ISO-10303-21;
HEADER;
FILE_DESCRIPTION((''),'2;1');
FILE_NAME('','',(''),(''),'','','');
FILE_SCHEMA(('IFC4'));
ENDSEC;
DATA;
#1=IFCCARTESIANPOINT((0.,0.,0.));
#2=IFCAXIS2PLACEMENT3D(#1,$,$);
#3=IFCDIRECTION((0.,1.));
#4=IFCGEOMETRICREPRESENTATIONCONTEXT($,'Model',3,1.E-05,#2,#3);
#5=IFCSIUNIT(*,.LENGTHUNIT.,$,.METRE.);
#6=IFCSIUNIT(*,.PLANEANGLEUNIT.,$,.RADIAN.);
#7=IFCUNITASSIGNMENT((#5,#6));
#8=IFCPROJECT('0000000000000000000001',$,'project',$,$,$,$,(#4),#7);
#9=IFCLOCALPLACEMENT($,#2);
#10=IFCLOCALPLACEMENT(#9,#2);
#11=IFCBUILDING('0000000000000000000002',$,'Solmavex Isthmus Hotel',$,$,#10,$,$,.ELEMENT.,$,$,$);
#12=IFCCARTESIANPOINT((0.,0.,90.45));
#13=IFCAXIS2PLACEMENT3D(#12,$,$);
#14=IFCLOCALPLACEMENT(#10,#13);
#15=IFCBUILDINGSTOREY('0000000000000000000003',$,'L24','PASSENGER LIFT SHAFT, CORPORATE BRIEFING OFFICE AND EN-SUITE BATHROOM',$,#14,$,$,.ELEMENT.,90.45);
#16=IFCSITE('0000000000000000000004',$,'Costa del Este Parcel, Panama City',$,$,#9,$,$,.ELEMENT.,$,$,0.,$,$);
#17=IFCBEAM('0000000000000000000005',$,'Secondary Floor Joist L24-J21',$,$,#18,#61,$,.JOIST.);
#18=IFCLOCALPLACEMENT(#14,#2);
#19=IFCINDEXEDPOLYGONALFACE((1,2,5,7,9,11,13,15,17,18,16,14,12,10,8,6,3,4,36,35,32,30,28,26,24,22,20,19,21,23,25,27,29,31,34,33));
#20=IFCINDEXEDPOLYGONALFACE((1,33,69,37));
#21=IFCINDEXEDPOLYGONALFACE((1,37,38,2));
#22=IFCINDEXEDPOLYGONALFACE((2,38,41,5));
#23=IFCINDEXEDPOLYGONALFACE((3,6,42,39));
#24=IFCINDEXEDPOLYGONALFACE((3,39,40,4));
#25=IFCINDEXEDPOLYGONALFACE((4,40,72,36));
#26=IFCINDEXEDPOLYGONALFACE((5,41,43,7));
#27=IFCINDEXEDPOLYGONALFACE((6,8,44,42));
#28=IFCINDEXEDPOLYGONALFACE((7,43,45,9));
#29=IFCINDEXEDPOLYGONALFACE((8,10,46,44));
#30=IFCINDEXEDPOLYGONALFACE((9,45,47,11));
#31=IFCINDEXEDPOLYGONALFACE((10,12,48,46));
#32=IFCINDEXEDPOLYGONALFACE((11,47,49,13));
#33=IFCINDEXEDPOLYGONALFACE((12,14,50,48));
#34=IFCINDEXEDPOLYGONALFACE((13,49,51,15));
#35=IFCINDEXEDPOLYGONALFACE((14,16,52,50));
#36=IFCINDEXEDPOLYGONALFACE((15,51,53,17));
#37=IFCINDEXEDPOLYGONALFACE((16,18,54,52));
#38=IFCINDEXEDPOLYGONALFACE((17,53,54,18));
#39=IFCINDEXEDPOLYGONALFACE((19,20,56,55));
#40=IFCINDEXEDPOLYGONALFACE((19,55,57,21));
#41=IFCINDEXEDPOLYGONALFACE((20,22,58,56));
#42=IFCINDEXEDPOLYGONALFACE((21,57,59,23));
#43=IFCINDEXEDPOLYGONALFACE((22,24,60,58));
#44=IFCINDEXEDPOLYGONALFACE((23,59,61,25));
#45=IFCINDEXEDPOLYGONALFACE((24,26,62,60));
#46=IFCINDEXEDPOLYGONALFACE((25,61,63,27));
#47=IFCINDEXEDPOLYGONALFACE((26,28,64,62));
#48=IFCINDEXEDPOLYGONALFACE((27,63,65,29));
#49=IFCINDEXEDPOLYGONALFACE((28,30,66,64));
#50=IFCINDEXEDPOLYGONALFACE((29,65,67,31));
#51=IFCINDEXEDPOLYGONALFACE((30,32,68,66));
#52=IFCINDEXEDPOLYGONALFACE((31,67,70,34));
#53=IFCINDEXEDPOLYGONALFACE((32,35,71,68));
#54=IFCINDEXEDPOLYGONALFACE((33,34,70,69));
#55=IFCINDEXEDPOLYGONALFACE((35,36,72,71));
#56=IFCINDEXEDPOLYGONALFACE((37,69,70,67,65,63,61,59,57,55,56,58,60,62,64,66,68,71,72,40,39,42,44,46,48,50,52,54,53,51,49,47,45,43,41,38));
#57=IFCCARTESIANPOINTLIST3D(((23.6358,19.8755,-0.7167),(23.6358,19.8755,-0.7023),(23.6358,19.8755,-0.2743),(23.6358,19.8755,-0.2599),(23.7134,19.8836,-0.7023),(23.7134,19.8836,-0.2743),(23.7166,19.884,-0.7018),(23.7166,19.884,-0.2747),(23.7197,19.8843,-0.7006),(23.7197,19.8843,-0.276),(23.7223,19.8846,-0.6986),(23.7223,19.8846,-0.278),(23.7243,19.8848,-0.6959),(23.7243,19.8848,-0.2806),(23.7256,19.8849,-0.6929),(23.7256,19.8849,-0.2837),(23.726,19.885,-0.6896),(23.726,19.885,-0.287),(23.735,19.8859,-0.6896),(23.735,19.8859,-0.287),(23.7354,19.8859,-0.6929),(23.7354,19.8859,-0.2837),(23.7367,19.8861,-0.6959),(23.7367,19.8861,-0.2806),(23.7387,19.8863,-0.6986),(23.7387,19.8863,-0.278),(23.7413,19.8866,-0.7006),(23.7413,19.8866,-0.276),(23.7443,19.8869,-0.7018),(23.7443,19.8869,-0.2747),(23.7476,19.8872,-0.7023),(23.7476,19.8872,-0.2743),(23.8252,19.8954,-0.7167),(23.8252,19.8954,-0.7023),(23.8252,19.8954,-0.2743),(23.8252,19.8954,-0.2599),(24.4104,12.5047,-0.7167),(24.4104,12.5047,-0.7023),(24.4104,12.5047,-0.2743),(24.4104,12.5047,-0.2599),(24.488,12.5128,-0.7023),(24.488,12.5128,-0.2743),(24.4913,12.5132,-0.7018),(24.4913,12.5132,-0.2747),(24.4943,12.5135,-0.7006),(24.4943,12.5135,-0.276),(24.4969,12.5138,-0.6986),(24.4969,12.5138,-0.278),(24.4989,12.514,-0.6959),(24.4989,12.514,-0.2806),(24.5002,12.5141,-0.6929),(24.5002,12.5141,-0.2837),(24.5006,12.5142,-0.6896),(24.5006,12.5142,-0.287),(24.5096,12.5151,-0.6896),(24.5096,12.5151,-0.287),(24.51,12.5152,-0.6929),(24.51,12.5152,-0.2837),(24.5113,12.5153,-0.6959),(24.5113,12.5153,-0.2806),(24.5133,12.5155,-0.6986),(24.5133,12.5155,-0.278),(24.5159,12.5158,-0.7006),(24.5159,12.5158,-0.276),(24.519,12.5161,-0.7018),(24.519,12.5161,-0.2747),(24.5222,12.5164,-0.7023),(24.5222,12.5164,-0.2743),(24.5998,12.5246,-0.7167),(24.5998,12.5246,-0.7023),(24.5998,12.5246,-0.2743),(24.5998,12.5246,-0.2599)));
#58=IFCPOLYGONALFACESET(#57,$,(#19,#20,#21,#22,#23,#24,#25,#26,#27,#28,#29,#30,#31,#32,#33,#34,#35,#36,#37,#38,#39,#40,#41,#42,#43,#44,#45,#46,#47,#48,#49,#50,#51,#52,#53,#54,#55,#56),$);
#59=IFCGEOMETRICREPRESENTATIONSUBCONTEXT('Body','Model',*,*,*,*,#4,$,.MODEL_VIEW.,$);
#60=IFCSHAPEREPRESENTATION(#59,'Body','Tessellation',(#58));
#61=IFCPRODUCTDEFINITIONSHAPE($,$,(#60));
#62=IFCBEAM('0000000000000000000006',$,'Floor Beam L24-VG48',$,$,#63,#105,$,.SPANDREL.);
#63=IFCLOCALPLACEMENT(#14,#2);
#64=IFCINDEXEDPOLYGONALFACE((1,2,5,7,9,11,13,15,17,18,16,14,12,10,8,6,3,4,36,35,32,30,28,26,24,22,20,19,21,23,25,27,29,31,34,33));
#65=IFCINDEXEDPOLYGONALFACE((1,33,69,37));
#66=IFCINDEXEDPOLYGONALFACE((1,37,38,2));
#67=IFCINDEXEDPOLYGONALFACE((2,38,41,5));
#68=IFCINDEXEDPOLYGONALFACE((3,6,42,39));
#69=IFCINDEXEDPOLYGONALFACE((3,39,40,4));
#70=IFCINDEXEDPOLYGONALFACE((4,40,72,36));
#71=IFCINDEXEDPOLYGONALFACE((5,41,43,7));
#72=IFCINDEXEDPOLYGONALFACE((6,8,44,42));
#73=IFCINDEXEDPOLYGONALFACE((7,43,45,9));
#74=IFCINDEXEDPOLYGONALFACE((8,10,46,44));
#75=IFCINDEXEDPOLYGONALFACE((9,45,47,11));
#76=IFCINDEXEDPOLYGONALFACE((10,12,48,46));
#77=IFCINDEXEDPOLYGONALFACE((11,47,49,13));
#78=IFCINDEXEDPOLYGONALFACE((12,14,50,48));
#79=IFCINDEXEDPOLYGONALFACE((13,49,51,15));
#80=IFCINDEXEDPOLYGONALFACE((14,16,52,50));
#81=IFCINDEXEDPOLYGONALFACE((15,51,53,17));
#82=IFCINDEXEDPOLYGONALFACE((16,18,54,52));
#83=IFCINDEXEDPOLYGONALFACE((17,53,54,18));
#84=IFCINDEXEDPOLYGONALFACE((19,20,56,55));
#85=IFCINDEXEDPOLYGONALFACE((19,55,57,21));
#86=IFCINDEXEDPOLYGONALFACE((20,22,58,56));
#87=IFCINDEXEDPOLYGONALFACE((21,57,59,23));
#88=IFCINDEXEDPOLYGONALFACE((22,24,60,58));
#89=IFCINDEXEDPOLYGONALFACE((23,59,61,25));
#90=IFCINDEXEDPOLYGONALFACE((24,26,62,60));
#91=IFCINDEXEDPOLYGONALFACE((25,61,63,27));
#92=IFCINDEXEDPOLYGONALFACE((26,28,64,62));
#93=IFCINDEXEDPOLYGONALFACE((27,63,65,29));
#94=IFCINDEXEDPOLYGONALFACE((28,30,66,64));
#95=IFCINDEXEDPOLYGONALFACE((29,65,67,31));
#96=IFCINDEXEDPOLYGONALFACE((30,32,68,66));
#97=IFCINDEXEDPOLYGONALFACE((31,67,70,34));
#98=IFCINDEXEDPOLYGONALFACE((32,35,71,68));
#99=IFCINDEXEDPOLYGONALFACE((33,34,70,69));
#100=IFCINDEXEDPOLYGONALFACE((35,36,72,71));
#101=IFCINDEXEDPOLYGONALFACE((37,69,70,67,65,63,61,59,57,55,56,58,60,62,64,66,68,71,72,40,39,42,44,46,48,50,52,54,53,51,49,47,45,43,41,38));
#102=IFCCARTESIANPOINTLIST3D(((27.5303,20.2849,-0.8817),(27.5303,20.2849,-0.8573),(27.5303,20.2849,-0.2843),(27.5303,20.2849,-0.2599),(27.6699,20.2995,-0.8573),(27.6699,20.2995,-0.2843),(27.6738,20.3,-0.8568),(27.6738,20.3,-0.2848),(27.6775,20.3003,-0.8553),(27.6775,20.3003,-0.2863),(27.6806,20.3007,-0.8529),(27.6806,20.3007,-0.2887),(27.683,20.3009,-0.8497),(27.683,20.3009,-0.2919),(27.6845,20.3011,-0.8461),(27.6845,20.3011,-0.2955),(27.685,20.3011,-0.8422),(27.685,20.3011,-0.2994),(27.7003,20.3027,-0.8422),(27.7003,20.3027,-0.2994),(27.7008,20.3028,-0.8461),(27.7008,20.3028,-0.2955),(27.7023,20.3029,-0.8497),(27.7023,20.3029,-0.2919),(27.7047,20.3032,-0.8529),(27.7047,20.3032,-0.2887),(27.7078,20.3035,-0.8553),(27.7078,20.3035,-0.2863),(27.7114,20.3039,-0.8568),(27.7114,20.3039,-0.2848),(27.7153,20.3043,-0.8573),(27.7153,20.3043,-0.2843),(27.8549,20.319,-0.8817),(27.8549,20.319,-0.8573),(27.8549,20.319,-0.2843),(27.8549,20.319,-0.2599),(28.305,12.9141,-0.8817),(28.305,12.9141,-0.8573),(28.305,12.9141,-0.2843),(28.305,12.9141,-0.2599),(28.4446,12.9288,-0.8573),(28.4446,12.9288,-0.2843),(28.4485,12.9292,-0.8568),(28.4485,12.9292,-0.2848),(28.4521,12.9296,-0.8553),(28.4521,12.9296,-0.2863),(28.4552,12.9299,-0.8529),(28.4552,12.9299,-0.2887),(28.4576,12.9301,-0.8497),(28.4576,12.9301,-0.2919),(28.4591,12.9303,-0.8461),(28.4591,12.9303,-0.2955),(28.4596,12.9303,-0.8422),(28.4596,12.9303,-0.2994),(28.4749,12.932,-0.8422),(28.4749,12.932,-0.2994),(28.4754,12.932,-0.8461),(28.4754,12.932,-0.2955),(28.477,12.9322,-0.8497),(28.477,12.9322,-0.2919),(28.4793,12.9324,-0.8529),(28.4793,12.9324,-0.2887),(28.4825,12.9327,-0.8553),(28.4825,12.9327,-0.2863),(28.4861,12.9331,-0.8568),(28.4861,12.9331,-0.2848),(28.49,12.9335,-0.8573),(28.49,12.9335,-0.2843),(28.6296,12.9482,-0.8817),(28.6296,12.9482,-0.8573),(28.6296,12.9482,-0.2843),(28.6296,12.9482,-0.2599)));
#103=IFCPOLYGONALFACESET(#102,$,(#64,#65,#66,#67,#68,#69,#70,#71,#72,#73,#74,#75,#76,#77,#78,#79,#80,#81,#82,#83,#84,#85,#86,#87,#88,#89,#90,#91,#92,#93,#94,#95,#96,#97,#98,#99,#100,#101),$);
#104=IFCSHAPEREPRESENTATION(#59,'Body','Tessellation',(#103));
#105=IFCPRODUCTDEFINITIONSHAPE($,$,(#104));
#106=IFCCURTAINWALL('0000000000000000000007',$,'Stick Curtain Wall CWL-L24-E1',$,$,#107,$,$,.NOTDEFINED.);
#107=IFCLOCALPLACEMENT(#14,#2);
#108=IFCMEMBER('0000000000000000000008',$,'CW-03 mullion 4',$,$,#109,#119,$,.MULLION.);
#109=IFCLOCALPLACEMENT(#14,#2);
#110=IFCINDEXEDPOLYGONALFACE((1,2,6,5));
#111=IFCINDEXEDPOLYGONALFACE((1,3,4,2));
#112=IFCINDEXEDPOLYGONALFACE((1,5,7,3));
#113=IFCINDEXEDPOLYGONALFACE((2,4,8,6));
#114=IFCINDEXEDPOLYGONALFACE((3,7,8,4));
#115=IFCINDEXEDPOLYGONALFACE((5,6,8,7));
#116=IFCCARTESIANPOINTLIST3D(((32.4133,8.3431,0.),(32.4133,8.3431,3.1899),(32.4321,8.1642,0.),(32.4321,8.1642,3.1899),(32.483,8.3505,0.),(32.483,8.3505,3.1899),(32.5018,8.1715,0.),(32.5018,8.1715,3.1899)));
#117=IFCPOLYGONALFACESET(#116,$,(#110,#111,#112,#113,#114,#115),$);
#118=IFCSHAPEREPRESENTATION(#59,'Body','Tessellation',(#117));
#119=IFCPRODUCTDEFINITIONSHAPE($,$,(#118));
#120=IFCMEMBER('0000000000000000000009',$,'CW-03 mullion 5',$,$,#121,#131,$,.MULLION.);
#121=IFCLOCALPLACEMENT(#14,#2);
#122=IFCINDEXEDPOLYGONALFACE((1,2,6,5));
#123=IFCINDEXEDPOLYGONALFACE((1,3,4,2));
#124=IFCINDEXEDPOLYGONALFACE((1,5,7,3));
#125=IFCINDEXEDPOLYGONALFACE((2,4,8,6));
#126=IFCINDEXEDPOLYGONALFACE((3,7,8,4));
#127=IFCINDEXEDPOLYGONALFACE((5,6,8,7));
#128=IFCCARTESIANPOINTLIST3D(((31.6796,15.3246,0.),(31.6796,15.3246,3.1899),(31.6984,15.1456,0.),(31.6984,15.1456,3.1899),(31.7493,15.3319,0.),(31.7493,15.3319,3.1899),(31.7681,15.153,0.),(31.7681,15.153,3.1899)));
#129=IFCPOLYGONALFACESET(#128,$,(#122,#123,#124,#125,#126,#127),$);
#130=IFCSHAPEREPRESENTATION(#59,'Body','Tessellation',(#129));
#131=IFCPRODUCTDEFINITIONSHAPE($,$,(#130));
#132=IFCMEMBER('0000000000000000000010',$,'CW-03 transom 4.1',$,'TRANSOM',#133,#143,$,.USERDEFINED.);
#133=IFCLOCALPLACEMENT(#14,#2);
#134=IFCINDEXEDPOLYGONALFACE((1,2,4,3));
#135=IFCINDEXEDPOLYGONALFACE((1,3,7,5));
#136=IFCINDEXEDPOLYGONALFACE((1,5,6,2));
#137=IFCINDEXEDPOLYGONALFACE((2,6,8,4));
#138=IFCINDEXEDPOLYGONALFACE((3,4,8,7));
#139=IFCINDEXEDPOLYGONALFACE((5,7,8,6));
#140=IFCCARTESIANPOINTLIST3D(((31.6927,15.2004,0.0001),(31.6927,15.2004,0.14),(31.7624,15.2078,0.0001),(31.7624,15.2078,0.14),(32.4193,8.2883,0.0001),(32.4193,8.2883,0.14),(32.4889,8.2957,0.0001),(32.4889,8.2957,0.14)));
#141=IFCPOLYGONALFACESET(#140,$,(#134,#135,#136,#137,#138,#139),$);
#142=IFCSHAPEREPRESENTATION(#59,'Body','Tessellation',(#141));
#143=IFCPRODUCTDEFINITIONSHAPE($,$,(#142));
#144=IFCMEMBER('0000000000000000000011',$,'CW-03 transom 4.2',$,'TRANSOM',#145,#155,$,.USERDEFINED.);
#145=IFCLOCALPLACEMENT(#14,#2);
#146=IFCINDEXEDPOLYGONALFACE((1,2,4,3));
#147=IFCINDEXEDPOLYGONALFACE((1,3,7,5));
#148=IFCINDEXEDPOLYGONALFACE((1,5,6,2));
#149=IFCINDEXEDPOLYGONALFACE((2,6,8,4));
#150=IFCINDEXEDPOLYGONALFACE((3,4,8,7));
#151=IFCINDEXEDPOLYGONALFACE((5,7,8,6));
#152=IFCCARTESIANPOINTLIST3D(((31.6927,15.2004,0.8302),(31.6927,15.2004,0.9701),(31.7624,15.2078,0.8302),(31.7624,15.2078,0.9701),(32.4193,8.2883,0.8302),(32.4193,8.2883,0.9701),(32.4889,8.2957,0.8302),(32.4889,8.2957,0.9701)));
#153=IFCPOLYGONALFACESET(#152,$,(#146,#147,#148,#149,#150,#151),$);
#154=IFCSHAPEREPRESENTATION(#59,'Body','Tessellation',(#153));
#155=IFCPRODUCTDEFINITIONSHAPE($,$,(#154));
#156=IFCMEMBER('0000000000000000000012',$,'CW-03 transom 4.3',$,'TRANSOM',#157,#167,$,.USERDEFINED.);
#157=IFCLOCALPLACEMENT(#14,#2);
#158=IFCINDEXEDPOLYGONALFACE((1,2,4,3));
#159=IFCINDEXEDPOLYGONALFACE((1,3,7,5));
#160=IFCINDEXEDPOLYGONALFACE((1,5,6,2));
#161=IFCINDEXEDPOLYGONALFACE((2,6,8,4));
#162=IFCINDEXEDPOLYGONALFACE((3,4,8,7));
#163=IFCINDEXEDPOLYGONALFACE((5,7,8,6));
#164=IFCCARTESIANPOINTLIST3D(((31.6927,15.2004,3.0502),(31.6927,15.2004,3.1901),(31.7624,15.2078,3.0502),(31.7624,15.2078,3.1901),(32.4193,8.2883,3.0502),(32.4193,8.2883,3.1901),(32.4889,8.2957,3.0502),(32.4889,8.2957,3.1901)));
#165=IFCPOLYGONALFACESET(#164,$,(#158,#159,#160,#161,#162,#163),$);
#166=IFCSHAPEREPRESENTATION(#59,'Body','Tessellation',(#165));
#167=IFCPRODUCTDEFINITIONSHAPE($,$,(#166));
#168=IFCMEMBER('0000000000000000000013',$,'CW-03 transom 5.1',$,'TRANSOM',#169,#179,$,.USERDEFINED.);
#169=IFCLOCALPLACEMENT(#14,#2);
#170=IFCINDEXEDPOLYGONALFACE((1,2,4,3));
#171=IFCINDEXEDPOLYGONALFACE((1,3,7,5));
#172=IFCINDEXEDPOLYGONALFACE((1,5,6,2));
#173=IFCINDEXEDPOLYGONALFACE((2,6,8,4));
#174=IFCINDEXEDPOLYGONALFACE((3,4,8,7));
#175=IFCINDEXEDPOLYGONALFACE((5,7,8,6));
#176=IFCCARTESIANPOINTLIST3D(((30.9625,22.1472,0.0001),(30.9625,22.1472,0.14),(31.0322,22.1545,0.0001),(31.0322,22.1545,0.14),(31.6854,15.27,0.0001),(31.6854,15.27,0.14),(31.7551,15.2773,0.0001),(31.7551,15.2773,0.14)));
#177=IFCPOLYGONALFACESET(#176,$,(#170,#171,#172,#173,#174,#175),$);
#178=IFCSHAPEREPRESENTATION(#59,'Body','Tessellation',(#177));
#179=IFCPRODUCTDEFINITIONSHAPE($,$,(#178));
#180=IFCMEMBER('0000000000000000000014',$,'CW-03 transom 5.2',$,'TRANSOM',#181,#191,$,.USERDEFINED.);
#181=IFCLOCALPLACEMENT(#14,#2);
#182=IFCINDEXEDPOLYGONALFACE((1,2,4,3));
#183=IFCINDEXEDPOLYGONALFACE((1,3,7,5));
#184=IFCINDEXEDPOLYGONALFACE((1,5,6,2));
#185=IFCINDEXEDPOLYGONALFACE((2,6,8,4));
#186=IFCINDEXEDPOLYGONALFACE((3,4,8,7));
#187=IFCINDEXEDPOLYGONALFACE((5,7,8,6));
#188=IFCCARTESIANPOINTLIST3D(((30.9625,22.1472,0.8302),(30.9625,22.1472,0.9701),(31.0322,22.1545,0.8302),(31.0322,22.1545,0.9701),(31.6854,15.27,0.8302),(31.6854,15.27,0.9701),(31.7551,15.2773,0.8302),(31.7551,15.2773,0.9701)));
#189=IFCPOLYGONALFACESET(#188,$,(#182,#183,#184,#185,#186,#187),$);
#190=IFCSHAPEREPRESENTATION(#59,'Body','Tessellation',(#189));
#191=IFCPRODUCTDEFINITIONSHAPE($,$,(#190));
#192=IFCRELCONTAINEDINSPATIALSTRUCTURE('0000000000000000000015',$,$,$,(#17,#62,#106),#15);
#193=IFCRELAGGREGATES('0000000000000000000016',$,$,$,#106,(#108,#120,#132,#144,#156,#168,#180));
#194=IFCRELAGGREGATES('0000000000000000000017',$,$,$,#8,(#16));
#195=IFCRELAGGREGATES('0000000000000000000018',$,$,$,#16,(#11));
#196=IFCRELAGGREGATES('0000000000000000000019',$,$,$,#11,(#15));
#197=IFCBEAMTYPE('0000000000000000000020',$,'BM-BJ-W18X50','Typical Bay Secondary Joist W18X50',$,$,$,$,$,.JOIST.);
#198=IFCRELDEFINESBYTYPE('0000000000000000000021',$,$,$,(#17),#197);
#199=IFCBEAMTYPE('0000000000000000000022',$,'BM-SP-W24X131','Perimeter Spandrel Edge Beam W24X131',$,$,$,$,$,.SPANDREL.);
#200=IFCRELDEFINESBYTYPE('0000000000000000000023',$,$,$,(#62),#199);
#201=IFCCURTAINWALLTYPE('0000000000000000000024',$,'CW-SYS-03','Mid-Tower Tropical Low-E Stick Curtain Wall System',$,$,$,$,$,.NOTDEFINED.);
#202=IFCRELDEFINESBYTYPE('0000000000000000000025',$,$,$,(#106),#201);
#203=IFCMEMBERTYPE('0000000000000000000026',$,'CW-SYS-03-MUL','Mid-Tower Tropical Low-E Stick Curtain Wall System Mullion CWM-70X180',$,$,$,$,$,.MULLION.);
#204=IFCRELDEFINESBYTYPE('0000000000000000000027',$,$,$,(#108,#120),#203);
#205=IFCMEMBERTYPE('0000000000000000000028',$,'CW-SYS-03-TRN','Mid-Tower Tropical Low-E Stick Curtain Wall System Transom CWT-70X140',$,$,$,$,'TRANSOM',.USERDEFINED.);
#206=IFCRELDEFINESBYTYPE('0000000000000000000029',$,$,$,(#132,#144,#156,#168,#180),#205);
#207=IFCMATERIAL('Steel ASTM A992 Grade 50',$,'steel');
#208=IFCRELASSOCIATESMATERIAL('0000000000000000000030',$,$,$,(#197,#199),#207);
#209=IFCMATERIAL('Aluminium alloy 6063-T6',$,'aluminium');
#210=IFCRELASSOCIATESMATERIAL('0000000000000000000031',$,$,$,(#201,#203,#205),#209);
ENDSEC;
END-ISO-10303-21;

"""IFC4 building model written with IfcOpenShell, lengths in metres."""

from ifc_helpers import new_model, si_unit, direction, frame, origin, origin_2d, place, context, subcontext, project, spatial, rectangle, i_section, extrude, material, material_profile, profile_set, type_object, element, aggregate, save


model = new_model("IFC4")

# Units and contexts
model_context = context("Model", 3, precision=1e-05, world=origin(), true_north=direction((0.0, 1.0)))
body_context = subcontext(model_context, "Body", "Model", "MODEL_VIEW")
ifc_project = project(units=[si_unit("LENGTHUNIT", "METRE"), si_unit("PLANEANGLEUNIT", "RADIAN")], contexts=[model_context])

# Site, building, storey
site_placement = place(None, origin())
site = spatial("IfcSite", under=ifc_project, at=site_placement, Name="Costa del Este Parcel, Panama City", CompositionType="ELEMENT", RefElevation=0.0)
building_placement = place(site_placement, origin())
building = spatial("IfcBuilding", under=site, at=building_placement, Name="Solmavex Isthmus Hotel", CompositionType="ELEMENT")
storey_placement = place(building_placement, frame((0.0, 0.0, 90.45)))
storey = spatial("IfcBuildingStorey", under=building, at=storey_placement, Name="L24", Description="PASSENGER LIFT SHAFT, CORPORATE BRIEFING OFFICE AND EN-SUITE BATHROOM", CompositionType="ELEMENT", Elevation=90.45)

# Beams
ifc_material_1 = material(Name="Steel ASTM A992 Grade 50", Category="steel")
ifc_material_profile_1 = material_profile(ifc_material_1, i_section(OverallWidth=0.1904, OverallDepth=0.4568, WebThickness=0.009, FlangeThickness=0.0144, FilletRadius=0.0127, at=origin_2d()), Name="W18X50")
ifc_profile_set_1 = profile_set([ifc_material_profile_1], Name="Steel ASTM A992 Grade 50")
beam_type_1 = type_object("IfcBeamType", Name="BM-BJ-W18X50", Description="Typical Bay Secondary Joist W18X50", PredefinedType="JOIST", material=ifc_profile_set_1)
beam_1_placement = place(storey_placement, frame((24.5051, 12.5146, -0.4883), z_axis=(-0.104522, 0.994523, 0.0), x_axis=(-0.994523, -0.104522, 0.0)))
element("IfcBeam", 1, at=beam_1_placement, inside=storey, type_object=beam_type_1, Name="Secondary Floor Joist L24-J21", PredefinedType="JOIST", context=body_context, shape_type="SweptSolid", body=[
    extrude(i_section(OverallWidth=0.1904, OverallDepth=0.4568, WebThickness=0.009, FlangeThickness=0.0144, FilletRadius=0.0127, at=origin_2d()), origin(), (0.0, 0.0, 1.0), 7.4114),
])
ifc_material_profile_2 = material_profile(ifc_material_1, i_section(OverallWidth=0.3264, OverallDepth=0.6218, WebThickness=0.0154, FlangeThickness=0.0244, FilletRadius=0.0151, at=origin_2d()), Name="W24X131")
ifc_profile_set_2 = profile_set([ifc_material_profile_2], Name="Steel ASTM A992 Grade 50")
beam_type_2 = type_object("IfcBeamType", Name="BM-SP-W24X131", Description="Perimeter Spandrel Edge Beam W24X131", PredefinedType="SPANDREL", material=ifc_profile_set_2)
beam_2_placement = place(storey_placement, frame((28.4673, 12.9312, -0.5708), z_axis=(-0.104522, 0.994523, 0.0), x_axis=(-0.994523, -0.104522, 0.0)))
element("IfcBeam", 2, at=beam_2_placement, inside=storey, type_object=beam_type_2, Name="Floor Beam L24-VG48", PredefinedType="SPANDREL", context=body_context, shape_type="SweptSolid", body=[
    extrude(i_section(OverallWidth=0.3264, OverallDepth=0.6218, WebThickness=0.0154, FlangeThickness=0.0244, FilletRadius=0.0151, at=origin_2d()), origin(), (0.0, 0.0, 1.0), 7.4114),
])

# Curtain wall, members
ifc_material_2 = material(Name="Aluminium alloy 6063-T6", Category="aluminium")
curtain_wall_type = type_object("IfcCurtainWallType", Name="CW-SYS-03", Description="Mid-Tower Tropical Low-E Stick Curtain Wall System", PredefinedType="NOTDEFINED", material=ifc_material_2)
curtain_wall_placement = place(storey_placement, origin())
curtain_wall = element("IfcCurtainWall", 3, at=curtain_wall_placement, inside=storey, type_object=curtain_wall_type, Name="Stick Curtain Wall CWL-L24-E1", PredefinedType="NOTDEFINED")
ifc_material_profile_3 = material_profile(ifc_material_2, rectangle(XDim=0.0701, YDim=0.1799, at=origin_2d()), Name="CWM-70X180")
ifc_profile_set_3 = profile_set([ifc_material_profile_3], Name="Aluminium alloy 6063-T6")
member_type_1 = type_object("IfcMemberType", Name="CW-SYS-03-MUL", Description="Mid-Tower Tropical Low-E Stick Curtain Wall System Mullion CWM-70X180", PredefinedType="MULLION", material=ifc_profile_set_3)
member_1_placement = place(storey_placement, frame((32.4575, 8.2573, 0.0), z_axis=(0.0, 0.0, 1.0), x_axis=(-0.994522, -0.104528, 0.0)))
member_1 = element("IfcMember", 4, at=member_1_placement, type_object=member_type_1, Name="CW-03 mullion 4", PredefinedType="MULLION", context=body_context, shape_type="SweptSolid", body=[
    extrude(rectangle(XDim=0.0701, YDim=0.1799, at=origin_2d()), origin(), (0.0, 0.0, 1.0), 3.1899),
])
member_2_placement = place(storey_placement, frame((31.7239, 15.2388, 0.0), z_axis=(0.0, 0.0, 1.0), x_axis=(-0.994522, -0.104528, 0.0)))
member_2 = element("IfcMember", 5, at=member_2_placement, type_object=member_type_1, Name="CW-03 mullion 5", PredefinedType="MULLION", context=body_context, shape_type="SweptSolid", body=[
    extrude(rectangle(XDim=0.0701, YDim=0.1799, at=origin_2d()), origin(), (0.0, 0.0, 1.0), 3.1899),
])
ifc_material_profile_4 = material_profile(ifc_material_2, rectangle(XDim=0.0701, YDim=0.1399, at=origin_2d()), Name="CWT-70X140")
ifc_profile_set_4 = profile_set([ifc_material_profile_4], Name="Aluminium alloy 6063-T6")
member_type_2 = type_object("IfcMemberType", Name="CW-SYS-03-TRN", Description="Mid-Tower Tropical Low-E Stick Curtain Wall System Transom CWT-70X140", ElementType="TRANSOM", PredefinedType="USERDEFINED", material=ifc_profile_set_4)
member_3_placement = place(storey_placement, frame((32.4541, 8.292, 0.0701), z_axis=(-0.104539, 0.994521, 0.0), x_axis=(-0.994521, -0.104539, 0.0)))
member_3 = element("IfcMember", 6, at=member_3_placement, type_object=member_type_2, Name="CW-03 transom 4.1", ObjectType="TRANSOM", PredefinedType="USERDEFINED", context=body_context, shape_type="SweptSolid", body=[
    extrude(rectangle(XDim=0.0701, YDim=0.1399, at=origin_2d()), origin(), (0.0, 0.0, 1.0), 6.9502),
])
member_4_placement = place(storey_placement, frame((32.4541, 8.292, 0.9001), z_axis=(-0.104539, 0.994521, 0.0), x_axis=(-0.994521, -0.104539, 0.0)))
member_4 = element("IfcMember", 7, at=member_4_placement, type_object=member_type_2, Name="CW-03 transom 4.2", ObjectType="TRANSOM", PredefinedType="USERDEFINED", context=body_context, shape_type="SweptSolid", body=[
    extrude(rectangle(XDim=0.0701, YDim=0.1399, at=origin_2d()), origin(), (0.0, 0.0, 1.0), 6.9502),
])
member_5_placement = place(storey_placement, frame((32.4541, 8.292, 3.1201), z_axis=(-0.104539, 0.994521, 0.0), x_axis=(-0.994521, -0.104539, 0.0)))
member_5 = element("IfcMember", 8, at=member_5_placement, type_object=member_type_2, Name="CW-03 transom 4.3", ObjectType="TRANSOM", PredefinedType="USERDEFINED", context=body_context, shape_type="SweptSolid", body=[
    extrude(rectangle(XDim=0.0701, YDim=0.1399, at=origin_2d()), origin(), (0.0, 0.0, 1.0), 6.9502),
])
member_6_placement = place(storey_placement, frame((31.7202, 15.2737, 0.0701), z_axis=(-0.10454, 0.994521, 0.0), x_axis=(-0.994521, -0.10454, 0.0)))
member_6 = element("IfcMember", 9, at=member_6_placement, type_object=member_type_2, Name="CW-03 transom 5.1", ObjectType="TRANSOM", PredefinedType="USERDEFINED", context=body_context, shape_type="SweptSolid", body=[
    extrude(rectangle(XDim=0.0701, YDim=0.1399, at=origin_2d()), origin(), (0.0, 0.0, 1.0), 6.915),
])
member_7_placement = place(storey_placement, frame((31.7202, 15.2737, 0.9001), z_axis=(-0.10454, 0.994521, 0.0), x_axis=(-0.994521, -0.10454, 0.0)))
member_7 = element("IfcMember", 10, at=member_7_placement, type_object=member_type_2, Name="CW-03 transom 5.2", ObjectType="TRANSOM", PredefinedType="USERDEFINED", context=body_context, shape_type="SweptSolid", body=[
    extrude(rectangle(XDim=0.0701, YDim=0.1399, at=origin_2d()), origin(), (0.0, 0.0, 1.0), 6.915),
])
aggregate(curtain_wall, [member_1, member_2, member_3, member_4, member_5, member_6, member_7])

save(model, "model.ifc")
